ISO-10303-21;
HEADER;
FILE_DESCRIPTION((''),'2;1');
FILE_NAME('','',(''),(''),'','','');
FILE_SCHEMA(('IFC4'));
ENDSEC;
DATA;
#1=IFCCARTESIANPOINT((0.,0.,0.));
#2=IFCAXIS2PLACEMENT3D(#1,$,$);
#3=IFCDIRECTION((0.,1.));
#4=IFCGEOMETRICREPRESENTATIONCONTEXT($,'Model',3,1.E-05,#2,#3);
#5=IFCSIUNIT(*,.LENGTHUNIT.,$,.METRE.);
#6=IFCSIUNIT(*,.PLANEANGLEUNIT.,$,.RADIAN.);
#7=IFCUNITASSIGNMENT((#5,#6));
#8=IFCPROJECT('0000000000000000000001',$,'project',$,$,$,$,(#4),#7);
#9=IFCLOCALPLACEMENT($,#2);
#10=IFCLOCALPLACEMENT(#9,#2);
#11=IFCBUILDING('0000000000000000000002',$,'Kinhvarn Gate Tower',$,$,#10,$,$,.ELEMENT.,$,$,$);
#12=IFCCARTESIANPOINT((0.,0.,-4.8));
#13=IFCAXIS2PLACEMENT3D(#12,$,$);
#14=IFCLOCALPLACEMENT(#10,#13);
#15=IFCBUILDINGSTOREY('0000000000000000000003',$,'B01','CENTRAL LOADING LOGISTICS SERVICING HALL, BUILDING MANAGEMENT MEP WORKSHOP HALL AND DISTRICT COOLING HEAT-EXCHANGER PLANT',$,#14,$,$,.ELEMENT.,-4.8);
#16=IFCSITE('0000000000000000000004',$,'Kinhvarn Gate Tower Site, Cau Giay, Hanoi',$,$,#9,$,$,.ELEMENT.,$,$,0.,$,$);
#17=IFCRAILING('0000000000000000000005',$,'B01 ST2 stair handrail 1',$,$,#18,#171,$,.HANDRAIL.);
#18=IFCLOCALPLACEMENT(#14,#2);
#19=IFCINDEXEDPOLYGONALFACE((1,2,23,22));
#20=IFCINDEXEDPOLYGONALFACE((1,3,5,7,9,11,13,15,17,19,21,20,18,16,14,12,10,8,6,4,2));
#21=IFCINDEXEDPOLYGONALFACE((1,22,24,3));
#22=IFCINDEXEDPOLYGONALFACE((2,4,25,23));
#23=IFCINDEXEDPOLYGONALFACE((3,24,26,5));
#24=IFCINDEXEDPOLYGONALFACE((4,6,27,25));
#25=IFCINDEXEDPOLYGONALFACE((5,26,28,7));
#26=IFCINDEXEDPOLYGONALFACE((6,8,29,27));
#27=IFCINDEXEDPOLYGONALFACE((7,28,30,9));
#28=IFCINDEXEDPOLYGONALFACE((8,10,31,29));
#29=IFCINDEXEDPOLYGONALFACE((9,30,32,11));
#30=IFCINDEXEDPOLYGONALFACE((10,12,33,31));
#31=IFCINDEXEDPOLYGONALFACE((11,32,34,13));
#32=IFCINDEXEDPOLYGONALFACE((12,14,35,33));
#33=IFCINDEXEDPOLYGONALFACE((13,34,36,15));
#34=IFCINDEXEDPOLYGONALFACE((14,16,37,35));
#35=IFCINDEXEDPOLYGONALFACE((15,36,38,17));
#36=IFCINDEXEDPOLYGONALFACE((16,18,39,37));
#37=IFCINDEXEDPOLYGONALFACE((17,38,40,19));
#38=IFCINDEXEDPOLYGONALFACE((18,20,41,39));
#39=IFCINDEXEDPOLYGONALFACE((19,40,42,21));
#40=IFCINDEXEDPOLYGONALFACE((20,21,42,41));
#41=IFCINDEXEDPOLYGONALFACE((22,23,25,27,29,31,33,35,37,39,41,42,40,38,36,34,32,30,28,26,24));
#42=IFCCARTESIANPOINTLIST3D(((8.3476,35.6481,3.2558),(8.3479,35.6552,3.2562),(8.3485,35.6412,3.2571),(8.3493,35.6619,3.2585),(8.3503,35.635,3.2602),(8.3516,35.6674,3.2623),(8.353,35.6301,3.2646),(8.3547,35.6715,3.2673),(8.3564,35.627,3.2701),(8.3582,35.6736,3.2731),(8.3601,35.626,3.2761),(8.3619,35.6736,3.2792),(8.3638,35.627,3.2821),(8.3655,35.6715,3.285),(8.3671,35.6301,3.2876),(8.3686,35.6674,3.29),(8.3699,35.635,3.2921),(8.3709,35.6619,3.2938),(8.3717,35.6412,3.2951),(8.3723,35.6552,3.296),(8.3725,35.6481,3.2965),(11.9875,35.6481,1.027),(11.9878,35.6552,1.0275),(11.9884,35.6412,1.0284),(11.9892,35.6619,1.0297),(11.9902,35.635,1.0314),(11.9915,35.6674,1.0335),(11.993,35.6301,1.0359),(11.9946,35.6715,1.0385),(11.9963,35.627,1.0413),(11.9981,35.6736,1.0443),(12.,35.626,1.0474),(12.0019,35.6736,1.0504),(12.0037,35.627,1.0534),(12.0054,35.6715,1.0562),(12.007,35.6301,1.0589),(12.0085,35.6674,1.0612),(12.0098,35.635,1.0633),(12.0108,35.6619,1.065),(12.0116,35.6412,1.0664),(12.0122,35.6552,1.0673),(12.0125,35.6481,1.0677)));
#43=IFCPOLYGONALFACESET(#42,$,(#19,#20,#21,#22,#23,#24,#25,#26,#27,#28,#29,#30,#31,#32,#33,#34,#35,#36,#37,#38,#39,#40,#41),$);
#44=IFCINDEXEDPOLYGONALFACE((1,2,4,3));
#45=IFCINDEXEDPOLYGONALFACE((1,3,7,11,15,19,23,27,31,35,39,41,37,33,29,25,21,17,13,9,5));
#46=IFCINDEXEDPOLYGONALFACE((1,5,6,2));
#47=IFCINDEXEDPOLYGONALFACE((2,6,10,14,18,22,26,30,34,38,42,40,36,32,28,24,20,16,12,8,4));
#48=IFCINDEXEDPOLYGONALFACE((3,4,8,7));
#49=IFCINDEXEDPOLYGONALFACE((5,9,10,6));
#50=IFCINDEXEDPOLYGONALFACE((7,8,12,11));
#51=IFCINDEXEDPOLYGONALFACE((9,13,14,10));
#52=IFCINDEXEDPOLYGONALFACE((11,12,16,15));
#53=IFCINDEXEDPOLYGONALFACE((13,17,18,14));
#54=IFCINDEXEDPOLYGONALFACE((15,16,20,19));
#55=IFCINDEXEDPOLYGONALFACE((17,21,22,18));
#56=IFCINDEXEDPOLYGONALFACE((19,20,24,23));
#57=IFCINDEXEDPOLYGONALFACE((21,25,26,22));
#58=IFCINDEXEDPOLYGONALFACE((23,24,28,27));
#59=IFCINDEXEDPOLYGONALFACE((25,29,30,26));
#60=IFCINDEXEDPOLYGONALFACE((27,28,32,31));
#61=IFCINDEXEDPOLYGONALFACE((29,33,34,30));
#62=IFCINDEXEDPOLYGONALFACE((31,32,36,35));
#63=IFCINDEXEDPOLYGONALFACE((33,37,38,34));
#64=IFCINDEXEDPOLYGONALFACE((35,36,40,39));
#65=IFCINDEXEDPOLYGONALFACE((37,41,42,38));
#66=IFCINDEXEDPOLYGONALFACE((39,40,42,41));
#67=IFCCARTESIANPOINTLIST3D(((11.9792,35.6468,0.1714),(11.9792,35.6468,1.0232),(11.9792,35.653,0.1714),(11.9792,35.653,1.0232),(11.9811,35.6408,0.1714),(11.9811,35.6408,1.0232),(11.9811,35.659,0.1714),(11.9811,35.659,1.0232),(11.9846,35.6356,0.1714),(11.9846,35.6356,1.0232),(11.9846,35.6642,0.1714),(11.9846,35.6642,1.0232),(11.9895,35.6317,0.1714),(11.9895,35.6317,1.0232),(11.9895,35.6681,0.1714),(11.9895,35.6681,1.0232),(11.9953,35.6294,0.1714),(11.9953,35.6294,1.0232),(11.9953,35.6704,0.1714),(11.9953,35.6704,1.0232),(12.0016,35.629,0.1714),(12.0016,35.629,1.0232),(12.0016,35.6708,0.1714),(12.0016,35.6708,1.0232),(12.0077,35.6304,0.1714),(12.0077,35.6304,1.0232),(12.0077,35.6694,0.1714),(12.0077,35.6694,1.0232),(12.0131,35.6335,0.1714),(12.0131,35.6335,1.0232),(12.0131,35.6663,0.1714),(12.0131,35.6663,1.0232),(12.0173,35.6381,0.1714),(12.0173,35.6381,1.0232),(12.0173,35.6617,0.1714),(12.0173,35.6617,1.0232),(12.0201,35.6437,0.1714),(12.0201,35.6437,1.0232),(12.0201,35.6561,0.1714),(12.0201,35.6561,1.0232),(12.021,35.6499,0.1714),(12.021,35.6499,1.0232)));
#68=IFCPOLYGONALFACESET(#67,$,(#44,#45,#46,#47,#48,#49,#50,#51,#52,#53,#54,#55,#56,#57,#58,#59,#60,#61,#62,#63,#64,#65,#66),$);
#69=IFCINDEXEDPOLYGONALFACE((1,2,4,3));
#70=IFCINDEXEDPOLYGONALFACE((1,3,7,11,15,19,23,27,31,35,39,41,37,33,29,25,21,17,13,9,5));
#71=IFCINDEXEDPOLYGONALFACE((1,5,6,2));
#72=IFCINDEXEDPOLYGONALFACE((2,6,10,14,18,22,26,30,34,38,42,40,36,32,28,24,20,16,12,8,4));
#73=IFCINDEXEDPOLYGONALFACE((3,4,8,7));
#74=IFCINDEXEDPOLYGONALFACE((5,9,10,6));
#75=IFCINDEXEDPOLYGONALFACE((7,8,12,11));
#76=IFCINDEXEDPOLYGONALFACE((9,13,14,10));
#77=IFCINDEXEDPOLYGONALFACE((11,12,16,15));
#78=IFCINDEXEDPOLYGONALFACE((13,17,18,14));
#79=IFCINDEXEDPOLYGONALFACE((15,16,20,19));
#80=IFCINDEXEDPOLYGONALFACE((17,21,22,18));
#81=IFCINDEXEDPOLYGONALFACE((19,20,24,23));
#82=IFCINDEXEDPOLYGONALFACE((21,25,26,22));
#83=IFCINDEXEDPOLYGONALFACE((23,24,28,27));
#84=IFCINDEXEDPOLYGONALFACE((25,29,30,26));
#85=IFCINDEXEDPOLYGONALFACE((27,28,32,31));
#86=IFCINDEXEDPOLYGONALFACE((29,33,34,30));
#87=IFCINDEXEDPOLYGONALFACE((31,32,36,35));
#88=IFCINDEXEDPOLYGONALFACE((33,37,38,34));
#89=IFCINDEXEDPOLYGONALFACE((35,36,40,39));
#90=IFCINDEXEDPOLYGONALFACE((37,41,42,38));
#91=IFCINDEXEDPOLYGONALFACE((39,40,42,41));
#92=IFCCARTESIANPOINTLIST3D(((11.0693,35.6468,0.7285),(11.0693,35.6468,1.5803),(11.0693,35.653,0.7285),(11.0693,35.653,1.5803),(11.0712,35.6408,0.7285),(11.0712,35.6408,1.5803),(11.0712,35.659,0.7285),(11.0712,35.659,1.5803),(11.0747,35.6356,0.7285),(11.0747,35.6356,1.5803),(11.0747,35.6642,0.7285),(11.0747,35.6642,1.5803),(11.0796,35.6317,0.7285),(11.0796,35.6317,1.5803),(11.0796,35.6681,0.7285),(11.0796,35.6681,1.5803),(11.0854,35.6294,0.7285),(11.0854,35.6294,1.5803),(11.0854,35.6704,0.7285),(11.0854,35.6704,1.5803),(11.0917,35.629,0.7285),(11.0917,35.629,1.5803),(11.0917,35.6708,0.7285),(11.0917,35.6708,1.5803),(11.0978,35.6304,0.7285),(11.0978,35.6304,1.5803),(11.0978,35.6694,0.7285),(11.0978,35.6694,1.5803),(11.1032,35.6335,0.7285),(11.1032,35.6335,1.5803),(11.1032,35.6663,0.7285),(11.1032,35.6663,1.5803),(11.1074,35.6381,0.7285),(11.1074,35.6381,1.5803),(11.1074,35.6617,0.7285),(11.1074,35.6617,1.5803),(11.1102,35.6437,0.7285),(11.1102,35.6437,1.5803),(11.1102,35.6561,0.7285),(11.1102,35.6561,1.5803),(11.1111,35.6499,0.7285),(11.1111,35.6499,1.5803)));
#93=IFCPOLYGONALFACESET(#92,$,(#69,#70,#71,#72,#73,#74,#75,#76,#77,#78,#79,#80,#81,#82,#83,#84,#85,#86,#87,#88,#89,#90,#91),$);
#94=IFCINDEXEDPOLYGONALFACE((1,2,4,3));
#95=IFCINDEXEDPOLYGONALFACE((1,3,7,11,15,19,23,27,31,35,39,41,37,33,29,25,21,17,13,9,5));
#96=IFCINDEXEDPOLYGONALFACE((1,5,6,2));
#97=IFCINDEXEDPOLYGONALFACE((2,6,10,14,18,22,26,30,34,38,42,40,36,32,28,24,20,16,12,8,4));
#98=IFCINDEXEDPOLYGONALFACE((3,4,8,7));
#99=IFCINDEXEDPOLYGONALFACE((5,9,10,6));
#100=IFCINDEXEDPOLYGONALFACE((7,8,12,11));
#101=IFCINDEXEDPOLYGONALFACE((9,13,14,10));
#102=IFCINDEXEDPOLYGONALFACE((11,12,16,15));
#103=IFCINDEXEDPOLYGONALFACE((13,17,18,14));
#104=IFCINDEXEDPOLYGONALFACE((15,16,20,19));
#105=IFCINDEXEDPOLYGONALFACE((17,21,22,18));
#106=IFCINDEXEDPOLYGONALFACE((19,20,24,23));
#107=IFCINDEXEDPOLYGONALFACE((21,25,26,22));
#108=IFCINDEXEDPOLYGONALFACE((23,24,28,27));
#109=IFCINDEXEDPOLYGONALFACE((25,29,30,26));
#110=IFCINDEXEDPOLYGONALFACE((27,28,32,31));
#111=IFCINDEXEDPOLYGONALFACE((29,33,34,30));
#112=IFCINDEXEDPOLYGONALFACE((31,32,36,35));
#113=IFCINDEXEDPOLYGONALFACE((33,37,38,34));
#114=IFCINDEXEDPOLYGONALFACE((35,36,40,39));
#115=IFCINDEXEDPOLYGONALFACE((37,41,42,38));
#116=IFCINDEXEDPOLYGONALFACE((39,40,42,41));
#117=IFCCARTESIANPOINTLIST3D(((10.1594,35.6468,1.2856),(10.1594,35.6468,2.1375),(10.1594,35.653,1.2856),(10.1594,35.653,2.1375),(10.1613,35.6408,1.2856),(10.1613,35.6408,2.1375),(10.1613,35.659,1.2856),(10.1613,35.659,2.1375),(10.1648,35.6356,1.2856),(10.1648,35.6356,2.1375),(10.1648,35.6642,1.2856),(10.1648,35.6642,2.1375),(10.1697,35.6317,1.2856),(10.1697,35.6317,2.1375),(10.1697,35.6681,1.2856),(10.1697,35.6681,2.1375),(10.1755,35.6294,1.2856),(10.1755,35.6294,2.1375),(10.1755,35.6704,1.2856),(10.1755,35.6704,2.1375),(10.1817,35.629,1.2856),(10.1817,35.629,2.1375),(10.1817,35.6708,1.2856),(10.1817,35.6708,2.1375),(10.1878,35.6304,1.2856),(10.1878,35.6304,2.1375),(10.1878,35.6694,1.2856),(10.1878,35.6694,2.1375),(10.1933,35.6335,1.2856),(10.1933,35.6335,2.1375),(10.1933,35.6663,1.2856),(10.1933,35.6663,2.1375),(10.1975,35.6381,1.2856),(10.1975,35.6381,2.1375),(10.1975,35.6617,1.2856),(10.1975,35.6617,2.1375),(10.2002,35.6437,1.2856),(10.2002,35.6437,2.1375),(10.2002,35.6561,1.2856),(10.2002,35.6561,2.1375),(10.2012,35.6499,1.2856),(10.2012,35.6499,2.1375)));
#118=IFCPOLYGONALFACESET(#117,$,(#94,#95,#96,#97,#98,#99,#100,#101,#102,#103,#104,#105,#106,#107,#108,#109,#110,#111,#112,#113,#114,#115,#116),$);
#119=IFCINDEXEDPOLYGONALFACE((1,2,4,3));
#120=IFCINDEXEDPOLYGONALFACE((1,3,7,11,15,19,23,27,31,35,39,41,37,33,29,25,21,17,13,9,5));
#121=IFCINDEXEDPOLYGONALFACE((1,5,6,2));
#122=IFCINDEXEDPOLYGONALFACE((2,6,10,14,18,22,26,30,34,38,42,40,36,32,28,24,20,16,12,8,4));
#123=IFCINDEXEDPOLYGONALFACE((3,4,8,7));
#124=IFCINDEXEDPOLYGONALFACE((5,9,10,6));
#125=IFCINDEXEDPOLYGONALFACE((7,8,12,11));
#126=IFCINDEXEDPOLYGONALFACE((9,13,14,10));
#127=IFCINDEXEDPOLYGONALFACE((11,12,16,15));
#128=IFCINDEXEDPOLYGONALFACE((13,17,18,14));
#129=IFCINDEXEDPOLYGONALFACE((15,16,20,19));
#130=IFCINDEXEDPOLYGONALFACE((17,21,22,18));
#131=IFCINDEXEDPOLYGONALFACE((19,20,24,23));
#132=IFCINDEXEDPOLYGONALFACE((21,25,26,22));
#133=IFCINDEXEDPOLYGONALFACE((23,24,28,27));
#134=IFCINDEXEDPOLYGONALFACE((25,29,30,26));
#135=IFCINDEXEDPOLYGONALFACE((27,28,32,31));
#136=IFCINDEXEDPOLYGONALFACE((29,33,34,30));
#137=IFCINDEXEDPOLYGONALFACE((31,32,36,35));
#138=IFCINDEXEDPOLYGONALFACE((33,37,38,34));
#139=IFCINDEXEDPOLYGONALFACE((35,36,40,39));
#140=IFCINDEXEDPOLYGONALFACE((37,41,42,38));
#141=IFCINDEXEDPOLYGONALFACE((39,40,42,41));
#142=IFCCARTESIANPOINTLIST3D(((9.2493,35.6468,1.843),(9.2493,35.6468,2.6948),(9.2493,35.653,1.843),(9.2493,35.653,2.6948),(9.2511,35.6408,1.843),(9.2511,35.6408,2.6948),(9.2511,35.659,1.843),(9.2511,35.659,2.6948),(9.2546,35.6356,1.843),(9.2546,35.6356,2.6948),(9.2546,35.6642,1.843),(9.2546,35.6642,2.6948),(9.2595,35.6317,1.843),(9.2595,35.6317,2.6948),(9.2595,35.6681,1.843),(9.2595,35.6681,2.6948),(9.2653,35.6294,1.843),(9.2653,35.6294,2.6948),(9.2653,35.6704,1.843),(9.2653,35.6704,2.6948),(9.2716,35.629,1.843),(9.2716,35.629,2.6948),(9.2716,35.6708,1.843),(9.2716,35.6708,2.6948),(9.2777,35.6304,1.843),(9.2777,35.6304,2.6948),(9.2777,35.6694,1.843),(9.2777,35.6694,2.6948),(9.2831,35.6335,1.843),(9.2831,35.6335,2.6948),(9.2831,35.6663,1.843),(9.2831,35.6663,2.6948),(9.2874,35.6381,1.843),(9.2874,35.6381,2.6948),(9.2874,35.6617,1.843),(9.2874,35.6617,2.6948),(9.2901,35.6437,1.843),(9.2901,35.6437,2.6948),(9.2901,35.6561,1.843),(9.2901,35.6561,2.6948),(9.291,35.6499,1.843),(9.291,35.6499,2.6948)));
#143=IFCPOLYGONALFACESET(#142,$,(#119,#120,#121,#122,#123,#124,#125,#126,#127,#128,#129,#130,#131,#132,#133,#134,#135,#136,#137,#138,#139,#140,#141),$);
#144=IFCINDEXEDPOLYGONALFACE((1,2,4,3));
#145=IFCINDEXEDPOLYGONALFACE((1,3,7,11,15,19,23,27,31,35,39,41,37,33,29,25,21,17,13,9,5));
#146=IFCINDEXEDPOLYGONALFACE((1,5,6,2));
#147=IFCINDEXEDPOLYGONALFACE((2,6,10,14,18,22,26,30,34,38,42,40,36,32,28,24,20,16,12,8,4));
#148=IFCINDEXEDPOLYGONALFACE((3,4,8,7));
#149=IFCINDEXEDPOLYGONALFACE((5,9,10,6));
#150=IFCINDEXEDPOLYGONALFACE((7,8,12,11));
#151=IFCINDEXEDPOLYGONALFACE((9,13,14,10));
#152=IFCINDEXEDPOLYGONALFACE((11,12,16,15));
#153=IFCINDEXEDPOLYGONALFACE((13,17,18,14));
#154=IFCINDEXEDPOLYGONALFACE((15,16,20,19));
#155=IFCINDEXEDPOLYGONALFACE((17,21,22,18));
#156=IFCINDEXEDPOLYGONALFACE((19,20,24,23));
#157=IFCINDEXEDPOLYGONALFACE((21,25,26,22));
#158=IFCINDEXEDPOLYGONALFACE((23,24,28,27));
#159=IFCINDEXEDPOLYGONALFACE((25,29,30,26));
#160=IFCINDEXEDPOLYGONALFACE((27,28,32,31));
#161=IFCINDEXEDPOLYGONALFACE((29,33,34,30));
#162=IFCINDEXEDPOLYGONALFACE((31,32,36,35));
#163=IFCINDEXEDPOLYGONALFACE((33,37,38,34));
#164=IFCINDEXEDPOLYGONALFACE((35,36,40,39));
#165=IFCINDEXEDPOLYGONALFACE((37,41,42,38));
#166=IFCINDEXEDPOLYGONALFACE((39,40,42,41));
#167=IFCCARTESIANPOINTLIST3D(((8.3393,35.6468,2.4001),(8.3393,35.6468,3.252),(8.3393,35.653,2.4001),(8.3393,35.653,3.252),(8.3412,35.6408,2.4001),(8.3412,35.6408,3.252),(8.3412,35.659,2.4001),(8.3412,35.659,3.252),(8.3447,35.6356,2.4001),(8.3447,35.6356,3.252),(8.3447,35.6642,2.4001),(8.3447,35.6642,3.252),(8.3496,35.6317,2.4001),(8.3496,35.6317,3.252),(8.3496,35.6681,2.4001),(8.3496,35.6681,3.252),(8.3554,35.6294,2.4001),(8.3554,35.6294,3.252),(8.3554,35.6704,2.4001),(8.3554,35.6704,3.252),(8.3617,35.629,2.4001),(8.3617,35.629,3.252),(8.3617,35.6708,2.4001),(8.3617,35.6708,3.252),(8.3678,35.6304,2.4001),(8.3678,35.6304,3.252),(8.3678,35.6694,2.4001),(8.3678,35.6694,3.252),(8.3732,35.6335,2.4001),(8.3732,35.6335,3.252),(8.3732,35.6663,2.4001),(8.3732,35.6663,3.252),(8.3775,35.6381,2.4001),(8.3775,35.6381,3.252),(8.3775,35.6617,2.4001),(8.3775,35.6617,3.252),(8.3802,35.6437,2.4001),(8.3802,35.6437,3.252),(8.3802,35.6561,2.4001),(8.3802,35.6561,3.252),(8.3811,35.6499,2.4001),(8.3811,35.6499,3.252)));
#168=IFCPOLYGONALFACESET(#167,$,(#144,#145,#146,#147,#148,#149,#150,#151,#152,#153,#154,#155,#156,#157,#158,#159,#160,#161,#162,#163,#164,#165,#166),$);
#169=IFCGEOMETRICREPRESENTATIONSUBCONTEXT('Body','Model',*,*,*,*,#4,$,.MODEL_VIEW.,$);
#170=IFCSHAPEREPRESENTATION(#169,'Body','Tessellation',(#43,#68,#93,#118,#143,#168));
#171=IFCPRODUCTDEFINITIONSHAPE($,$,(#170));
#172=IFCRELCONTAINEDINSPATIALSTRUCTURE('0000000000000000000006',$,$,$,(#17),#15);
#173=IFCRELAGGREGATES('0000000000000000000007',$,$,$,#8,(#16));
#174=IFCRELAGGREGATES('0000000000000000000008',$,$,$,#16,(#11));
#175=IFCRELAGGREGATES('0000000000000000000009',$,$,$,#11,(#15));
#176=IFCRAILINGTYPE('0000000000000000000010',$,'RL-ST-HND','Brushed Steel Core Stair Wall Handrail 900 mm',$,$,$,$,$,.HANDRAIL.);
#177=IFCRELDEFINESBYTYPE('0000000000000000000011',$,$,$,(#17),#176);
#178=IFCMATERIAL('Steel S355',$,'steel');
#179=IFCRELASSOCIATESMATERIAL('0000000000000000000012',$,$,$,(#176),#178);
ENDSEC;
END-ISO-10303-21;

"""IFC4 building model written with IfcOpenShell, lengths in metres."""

from ifc_helpers import new_model, si_unit, direction, frame, origin, origin_2d, place, context, subcontext, project, spatial, circle, extrude, material, type_object, element, save


model = new_model("IFC4")

# Units and contexts
model_context = context("Model", 3, precision=1e-05, world=origin(), true_north=direction((0.0, 1.0)))
body_context = subcontext(model_context, "Body", "Model", "MODEL_VIEW")
ifc_project = project(units=[si_unit("LENGTHUNIT", "METRE"), si_unit("PLANEANGLEUNIT", "RADIAN")], contexts=[model_context])

# Site, building, storey
site_placement = place(None, origin())
site = spatial("IfcSite", under=ifc_project, at=site_placement, Name="Kinhvarn Gate Tower Site, Cau Giay, Hanoi", CompositionType="ELEMENT", RefElevation=0.0)
building_placement = place(site_placement, origin())
building = spatial("IfcBuilding", under=site, at=building_placement, Name="Kinhvarn Gate Tower", CompositionType="ELEMENT")
storey_placement = place(building_placement, frame((0.0, 0.0, -4.8)))
storey = spatial("IfcBuildingStorey", under=building, at=storey_placement, Name="B01", Description="CENTRAL LOADING LOGISTICS SERVICING HALL, BUILDING MANAGEMENT MEP WORKSHOP HALL AND DISTRICT COOLING HEAT-EXCHANGER PLANT", CompositionType="ELEMENT", Elevation=-4.8)

# Shared definitions
ifc_material_1 = material(Name="Steel S355", Category="steel")

# Railing
railing_type_1 = type_object("IfcRailingType", Name="RL-ST-HND", Description="Brushed Steel Core Stair Wall Handrail 900 mm", PredefinedType="HANDRAIL", material=ifc_material_1)
railing_1_placement = place(storey_placement, frame((12.0, 35.6499, 0.1714)))
element("IfcRailing", 1, at=railing_1_placement, inside=storey, type_object=railing_type_1, Name="B01 ST2 stair handrail 1", PredefinedType="HANDRAIL", context=body_context, shape_type="SweptSolid", body=[
    extrude(circle(Radius=0.0239, at=origin_2d()), frame((0.0, 0.0, 0.876), z_axis=(-0.852825, 0.0, 0.522197), x_axis=(0.0, -1.0, 0.0)), (0.0, 0.0, 1.0), 4.2681),
    extrude(circle(Radius=0.021, at=origin_2d()), origin(), (0.0, 0.0, 1.0), 0.8518),
    extrude(circle(Radius=0.021, at=origin_2d()), frame((-0.9099, 0.0, 0.5571)), (0.0, 0.0, 1.0), 0.8518),
    extrude(circle(Radius=0.021, at=origin_2d()), frame((-1.8198, 0.0, 1.1143)), (0.0, 0.0, 1.0), 0.8518),
    extrude(circle(Radius=0.021, at=origin_2d()), frame((-2.73, 0.0, 1.6716)), (0.0, 0.0, 1.0), 0.8518),
    extrude(circle(Radius=0.021, at=origin_2d()), frame((-3.6399, 0.0, 2.2288)), (0.0, 0.0, 1.0), 0.8518),
])

save(model, "model.ifc")
